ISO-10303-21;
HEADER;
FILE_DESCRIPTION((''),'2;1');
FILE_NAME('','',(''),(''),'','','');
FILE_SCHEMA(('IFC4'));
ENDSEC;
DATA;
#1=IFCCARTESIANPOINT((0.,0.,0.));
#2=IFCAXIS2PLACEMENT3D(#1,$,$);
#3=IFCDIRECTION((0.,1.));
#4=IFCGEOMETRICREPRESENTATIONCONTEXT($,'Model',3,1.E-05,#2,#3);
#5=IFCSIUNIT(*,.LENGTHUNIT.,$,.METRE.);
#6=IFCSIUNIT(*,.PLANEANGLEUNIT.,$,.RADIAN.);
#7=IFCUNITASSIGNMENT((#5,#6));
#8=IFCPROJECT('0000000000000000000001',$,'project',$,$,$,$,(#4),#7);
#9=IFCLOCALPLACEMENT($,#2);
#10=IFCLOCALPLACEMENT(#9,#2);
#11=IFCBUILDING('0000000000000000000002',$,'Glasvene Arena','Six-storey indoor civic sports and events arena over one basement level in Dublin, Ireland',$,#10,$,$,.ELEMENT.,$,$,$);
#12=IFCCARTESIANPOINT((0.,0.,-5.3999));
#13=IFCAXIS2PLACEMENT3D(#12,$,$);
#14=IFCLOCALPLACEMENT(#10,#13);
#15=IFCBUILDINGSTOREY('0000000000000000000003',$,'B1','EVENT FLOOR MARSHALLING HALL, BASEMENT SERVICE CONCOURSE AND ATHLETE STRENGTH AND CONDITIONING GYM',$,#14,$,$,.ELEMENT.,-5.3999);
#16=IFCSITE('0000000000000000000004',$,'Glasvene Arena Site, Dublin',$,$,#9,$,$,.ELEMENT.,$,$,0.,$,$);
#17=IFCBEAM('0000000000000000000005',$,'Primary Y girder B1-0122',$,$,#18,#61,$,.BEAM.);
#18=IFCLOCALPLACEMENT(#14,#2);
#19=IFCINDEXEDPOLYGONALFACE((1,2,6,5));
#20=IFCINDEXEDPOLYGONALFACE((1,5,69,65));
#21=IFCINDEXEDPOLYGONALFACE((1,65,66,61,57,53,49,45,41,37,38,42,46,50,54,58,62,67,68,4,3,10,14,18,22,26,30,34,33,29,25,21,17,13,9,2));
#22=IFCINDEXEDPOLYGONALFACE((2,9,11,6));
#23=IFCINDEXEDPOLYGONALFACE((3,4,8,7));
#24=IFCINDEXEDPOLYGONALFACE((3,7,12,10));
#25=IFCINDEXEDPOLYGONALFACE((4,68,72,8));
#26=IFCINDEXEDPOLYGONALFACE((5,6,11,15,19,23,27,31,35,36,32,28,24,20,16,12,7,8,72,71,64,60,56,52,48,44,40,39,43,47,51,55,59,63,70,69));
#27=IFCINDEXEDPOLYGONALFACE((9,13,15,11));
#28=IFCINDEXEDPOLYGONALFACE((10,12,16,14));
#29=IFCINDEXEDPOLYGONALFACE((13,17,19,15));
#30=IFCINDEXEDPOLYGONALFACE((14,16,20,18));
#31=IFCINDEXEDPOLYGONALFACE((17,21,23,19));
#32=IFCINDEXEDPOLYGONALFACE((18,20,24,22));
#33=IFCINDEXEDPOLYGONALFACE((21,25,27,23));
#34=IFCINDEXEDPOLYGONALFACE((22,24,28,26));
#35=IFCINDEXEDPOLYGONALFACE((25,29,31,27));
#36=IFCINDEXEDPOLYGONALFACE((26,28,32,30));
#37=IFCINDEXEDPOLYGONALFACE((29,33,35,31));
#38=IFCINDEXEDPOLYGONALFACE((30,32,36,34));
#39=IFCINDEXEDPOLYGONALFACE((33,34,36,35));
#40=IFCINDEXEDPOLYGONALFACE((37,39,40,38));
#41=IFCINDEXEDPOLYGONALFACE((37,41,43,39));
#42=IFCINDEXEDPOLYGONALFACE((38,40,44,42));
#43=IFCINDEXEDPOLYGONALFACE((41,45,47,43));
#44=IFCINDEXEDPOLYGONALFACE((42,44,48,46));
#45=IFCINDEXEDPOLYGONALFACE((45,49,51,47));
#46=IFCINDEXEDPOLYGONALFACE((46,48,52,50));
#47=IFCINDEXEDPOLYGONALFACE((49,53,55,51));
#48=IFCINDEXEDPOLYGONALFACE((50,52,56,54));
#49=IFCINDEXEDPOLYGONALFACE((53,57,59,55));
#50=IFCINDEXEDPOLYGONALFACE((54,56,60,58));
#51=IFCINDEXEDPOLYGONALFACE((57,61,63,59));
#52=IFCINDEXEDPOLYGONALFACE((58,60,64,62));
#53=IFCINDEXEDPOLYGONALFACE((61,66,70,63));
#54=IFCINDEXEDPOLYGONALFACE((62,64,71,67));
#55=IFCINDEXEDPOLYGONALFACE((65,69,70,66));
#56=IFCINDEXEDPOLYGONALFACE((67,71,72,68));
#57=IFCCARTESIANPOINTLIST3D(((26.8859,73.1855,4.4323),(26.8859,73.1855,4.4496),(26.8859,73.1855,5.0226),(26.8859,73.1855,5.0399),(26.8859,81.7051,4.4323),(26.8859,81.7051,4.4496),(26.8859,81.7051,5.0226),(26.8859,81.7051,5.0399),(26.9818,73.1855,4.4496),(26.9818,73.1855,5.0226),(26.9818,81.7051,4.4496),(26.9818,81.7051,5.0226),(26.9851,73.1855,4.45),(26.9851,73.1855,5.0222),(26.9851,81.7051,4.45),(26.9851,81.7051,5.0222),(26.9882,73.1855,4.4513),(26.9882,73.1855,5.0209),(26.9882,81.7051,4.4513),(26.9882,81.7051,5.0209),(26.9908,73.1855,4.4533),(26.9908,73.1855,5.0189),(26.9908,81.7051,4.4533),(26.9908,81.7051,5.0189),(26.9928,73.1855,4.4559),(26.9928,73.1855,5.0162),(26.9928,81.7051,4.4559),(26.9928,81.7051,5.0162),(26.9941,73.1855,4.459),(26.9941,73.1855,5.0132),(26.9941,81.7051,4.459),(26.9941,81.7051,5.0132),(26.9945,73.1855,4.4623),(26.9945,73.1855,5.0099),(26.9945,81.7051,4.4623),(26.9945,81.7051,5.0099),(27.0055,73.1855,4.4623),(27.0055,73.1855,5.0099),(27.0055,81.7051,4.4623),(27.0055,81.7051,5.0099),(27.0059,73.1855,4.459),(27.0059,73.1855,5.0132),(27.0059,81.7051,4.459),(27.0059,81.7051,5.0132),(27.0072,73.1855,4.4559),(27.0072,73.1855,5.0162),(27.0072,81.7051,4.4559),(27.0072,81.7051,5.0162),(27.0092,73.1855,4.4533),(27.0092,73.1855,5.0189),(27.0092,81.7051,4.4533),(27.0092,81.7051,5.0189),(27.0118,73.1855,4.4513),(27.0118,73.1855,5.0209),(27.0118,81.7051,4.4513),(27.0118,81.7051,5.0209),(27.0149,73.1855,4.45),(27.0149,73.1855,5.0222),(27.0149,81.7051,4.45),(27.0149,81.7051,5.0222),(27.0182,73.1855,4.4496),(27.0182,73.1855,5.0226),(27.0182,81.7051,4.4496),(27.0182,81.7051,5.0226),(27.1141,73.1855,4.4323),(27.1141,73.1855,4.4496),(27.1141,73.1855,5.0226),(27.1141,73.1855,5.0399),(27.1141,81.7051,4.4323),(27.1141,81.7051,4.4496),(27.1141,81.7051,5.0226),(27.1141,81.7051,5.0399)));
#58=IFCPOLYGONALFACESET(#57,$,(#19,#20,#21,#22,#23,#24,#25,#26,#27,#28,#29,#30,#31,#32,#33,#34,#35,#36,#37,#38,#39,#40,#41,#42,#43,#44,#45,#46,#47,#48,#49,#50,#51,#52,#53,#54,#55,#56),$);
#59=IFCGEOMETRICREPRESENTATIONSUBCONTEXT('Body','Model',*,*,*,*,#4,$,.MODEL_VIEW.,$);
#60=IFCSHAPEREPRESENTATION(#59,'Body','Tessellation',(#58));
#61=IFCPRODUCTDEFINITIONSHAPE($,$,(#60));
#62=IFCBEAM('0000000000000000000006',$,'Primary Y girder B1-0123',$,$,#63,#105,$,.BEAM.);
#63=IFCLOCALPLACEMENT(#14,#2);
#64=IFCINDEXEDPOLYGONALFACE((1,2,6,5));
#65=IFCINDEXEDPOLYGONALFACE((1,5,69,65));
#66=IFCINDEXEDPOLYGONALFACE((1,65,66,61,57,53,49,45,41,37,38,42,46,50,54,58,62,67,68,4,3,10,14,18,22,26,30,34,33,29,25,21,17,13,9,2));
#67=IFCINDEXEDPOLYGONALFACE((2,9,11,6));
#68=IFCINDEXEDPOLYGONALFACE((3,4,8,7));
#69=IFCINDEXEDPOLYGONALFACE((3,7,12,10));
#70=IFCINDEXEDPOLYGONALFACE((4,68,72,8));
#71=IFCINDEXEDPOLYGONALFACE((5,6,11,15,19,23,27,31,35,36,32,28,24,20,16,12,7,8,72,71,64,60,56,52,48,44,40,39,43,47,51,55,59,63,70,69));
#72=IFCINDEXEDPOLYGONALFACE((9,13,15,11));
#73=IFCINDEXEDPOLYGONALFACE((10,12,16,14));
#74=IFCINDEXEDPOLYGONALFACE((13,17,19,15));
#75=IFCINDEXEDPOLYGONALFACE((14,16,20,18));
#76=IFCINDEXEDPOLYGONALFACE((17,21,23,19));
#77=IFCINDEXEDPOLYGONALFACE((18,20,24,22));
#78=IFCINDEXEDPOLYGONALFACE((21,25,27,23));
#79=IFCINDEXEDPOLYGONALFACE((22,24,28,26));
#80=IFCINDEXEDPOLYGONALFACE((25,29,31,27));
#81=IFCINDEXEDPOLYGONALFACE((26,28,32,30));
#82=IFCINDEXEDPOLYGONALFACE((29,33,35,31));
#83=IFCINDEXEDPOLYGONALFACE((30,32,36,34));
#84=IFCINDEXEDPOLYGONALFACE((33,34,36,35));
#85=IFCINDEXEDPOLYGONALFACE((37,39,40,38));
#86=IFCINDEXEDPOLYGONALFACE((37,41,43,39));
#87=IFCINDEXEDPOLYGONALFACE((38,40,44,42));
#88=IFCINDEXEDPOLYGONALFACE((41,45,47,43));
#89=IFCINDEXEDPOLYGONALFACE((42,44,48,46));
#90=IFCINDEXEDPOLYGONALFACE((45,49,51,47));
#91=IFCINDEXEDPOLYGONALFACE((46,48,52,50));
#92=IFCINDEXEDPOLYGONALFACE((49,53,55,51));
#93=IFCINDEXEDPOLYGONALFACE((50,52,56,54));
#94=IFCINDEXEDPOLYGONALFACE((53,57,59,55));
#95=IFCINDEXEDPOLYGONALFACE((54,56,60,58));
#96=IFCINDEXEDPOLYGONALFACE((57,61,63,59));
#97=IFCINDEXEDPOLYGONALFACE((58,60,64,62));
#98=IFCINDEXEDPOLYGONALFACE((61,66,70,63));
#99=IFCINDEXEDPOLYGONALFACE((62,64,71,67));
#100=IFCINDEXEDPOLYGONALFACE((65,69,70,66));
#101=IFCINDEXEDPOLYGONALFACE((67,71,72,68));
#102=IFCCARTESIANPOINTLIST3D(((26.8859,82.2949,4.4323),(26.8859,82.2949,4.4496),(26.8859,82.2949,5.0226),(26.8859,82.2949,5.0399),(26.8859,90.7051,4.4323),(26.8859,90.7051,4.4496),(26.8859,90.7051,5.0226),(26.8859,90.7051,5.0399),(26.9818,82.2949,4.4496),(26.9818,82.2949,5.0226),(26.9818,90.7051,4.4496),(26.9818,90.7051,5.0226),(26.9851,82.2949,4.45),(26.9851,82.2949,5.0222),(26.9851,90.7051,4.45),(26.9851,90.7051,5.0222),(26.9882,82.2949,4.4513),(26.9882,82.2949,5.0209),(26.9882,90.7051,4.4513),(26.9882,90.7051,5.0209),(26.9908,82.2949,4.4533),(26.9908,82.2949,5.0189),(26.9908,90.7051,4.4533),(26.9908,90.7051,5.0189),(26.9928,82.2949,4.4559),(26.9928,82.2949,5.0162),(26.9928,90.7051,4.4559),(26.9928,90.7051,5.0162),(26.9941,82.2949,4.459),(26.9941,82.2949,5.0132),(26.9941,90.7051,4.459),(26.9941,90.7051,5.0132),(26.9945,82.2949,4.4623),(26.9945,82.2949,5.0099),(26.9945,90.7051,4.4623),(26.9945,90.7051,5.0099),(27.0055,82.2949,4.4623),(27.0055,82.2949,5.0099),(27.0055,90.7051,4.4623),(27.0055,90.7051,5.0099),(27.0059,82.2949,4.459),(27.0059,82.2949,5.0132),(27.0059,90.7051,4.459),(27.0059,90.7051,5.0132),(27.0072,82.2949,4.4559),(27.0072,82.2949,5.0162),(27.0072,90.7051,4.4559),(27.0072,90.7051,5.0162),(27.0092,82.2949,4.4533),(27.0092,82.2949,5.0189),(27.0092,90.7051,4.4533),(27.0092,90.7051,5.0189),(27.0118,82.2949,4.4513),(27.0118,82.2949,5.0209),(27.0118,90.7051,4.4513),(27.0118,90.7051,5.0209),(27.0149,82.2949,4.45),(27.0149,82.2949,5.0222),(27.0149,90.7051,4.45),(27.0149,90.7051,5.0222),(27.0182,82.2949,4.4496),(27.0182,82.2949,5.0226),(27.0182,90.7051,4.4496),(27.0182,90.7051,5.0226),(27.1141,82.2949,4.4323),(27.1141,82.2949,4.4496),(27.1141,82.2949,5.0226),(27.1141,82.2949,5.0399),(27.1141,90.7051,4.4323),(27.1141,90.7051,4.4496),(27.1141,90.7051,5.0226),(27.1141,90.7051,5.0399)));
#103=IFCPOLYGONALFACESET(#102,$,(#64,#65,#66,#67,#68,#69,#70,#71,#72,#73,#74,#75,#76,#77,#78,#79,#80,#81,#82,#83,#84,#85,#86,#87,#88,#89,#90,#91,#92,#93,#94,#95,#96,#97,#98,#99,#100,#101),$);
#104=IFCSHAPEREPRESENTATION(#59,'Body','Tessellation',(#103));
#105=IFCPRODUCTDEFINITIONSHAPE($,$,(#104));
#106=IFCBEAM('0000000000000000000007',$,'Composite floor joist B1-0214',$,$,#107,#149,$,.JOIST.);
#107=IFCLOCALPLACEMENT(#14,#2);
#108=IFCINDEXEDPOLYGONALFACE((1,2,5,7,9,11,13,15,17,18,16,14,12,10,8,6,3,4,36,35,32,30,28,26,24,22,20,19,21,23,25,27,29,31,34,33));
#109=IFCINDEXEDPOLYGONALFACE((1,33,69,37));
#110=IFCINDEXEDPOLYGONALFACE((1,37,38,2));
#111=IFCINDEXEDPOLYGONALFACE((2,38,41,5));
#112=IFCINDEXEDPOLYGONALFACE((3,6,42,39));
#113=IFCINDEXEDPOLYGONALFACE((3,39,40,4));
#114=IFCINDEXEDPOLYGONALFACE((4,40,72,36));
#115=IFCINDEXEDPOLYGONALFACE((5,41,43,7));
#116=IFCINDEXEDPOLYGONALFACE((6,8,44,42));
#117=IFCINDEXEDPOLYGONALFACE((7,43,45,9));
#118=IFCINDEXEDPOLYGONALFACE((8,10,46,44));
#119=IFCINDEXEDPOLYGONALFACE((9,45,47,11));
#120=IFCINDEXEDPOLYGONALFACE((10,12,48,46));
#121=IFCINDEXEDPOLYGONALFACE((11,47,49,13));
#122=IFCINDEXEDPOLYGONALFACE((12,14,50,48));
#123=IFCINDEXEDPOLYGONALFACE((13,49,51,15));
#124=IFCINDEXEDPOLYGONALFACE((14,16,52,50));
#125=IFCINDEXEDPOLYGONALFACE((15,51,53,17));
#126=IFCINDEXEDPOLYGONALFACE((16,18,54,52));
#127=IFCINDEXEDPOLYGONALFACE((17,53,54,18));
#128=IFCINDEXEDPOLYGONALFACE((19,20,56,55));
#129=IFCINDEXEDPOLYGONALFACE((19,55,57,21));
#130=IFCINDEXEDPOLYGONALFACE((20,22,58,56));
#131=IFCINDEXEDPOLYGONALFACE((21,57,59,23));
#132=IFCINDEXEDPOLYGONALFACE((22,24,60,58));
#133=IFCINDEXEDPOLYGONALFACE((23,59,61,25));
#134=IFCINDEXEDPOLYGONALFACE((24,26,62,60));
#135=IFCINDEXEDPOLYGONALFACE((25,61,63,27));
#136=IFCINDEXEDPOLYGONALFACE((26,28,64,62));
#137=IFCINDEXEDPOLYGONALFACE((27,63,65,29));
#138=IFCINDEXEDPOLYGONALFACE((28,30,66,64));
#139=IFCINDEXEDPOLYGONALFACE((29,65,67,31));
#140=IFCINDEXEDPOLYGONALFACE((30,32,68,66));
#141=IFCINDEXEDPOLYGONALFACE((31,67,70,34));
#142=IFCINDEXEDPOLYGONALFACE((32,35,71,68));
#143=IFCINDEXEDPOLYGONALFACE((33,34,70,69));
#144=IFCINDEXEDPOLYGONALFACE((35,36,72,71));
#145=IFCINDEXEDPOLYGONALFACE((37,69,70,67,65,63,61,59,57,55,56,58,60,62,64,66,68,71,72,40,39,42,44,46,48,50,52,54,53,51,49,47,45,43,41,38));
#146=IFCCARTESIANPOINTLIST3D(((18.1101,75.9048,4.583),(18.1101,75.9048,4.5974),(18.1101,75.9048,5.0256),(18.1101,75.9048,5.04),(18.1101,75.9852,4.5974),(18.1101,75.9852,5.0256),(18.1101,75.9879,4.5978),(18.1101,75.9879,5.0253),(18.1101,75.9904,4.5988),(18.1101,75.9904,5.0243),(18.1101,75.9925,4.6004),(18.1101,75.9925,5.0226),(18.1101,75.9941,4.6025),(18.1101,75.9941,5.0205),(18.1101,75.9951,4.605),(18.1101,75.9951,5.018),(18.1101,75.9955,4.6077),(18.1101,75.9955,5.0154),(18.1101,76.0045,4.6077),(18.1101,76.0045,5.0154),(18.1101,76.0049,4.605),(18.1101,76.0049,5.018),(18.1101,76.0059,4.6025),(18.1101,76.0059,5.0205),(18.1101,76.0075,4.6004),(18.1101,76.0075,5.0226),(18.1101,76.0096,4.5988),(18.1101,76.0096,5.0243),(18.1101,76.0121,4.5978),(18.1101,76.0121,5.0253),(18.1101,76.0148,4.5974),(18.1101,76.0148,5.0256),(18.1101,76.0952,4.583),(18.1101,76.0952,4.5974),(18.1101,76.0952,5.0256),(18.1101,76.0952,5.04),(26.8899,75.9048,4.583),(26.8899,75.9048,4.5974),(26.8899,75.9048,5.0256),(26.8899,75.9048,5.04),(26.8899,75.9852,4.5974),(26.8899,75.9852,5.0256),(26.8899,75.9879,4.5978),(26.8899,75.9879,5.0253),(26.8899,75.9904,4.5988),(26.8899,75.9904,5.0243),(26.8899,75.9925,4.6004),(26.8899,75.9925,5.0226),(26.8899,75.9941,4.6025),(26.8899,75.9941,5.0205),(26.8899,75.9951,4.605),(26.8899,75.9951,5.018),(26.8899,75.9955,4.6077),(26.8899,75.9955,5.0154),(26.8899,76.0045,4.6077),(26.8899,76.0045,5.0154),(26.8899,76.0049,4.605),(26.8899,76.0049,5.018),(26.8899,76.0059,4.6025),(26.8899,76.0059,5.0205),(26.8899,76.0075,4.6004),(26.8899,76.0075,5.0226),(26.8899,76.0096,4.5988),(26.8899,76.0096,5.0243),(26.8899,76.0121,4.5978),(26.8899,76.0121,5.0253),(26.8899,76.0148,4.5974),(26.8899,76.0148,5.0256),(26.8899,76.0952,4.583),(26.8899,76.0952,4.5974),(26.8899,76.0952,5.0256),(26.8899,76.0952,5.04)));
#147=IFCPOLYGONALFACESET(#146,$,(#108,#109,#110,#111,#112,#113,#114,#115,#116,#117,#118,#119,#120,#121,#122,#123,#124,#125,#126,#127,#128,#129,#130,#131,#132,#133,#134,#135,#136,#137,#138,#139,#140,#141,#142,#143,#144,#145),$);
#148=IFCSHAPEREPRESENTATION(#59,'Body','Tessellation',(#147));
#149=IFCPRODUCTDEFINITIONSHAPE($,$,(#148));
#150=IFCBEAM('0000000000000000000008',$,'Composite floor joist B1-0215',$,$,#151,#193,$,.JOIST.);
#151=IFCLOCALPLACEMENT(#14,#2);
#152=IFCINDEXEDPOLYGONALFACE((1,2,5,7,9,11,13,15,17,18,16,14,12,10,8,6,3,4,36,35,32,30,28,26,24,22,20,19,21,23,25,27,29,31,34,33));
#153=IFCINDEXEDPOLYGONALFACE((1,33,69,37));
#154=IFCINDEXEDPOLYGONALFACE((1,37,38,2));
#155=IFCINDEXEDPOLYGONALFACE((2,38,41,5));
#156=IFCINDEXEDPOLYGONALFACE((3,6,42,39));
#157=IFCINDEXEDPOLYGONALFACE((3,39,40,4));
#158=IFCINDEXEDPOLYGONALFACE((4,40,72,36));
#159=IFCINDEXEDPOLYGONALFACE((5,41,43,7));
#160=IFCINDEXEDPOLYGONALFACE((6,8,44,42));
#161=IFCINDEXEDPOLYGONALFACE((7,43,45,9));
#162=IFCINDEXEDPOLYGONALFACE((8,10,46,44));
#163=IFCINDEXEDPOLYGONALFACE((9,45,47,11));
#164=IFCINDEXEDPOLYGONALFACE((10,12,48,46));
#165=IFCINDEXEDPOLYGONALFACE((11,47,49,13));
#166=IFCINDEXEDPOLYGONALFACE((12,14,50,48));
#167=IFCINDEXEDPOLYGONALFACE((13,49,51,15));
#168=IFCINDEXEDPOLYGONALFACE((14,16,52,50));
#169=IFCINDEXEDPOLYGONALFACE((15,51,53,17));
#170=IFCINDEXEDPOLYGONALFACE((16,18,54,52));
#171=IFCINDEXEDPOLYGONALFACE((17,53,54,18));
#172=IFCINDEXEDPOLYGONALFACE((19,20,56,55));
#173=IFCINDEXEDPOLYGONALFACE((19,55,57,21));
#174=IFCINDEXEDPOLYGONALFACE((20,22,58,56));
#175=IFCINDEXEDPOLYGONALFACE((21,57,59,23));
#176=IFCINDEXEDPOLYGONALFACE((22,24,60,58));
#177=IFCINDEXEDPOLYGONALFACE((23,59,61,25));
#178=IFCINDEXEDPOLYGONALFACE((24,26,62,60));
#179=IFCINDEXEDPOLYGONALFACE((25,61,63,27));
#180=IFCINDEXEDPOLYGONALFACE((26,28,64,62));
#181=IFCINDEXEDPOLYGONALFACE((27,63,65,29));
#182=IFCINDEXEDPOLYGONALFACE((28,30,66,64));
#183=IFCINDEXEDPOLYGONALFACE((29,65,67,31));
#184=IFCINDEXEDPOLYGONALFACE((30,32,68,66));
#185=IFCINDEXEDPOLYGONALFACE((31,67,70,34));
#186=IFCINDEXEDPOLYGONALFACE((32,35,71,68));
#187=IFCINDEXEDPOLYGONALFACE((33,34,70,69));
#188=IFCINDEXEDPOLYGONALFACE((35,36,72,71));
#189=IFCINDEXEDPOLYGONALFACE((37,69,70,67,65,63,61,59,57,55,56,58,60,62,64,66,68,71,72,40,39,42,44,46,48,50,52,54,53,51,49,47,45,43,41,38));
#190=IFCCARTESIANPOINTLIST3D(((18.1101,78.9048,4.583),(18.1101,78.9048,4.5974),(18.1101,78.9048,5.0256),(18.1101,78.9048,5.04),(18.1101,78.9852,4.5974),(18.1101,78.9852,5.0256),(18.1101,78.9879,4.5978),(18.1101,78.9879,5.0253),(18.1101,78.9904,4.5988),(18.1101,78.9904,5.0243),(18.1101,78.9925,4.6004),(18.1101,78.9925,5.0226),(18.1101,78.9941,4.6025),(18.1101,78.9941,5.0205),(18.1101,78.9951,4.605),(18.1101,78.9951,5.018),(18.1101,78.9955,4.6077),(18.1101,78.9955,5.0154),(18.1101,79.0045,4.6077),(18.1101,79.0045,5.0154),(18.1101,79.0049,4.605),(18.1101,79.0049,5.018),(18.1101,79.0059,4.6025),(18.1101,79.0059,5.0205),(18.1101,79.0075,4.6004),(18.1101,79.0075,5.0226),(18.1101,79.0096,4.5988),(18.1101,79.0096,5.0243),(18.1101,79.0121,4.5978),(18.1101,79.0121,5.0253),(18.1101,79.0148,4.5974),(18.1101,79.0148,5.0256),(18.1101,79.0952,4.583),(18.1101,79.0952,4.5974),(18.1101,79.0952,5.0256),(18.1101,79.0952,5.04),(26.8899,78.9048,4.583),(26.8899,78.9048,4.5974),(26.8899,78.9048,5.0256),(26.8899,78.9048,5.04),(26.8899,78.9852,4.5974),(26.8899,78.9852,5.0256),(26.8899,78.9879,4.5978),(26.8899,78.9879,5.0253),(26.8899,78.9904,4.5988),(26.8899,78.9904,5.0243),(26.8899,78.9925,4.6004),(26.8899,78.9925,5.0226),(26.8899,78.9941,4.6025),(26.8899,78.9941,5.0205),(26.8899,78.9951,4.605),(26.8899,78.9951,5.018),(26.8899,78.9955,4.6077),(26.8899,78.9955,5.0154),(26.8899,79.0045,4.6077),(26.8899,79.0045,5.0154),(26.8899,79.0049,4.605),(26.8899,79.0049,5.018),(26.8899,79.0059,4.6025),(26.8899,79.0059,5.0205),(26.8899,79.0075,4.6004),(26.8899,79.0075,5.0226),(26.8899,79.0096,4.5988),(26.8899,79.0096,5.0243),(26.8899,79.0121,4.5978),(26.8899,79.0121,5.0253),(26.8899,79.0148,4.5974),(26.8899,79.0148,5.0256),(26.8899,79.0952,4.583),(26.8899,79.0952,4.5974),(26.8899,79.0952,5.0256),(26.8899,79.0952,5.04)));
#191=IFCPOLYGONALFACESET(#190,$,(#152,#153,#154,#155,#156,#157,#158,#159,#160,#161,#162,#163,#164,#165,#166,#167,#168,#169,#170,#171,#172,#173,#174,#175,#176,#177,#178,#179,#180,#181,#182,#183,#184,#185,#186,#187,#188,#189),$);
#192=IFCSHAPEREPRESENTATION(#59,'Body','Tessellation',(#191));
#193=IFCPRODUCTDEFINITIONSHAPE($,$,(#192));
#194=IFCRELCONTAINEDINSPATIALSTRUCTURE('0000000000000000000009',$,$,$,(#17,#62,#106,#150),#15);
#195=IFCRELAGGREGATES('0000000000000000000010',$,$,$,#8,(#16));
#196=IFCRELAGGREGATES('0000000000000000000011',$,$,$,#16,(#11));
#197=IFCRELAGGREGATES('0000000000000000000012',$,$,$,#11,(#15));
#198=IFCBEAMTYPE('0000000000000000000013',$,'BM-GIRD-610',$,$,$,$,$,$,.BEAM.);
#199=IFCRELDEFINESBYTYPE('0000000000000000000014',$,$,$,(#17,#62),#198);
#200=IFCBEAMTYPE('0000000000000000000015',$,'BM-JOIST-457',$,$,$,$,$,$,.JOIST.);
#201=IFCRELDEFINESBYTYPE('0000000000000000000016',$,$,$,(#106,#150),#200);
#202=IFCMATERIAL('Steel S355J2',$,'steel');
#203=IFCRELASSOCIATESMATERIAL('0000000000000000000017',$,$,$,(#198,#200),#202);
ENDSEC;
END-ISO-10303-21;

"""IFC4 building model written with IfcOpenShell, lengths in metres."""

from ifc_helpers import new_model, si_unit, direction, frame, origin, origin_2d, place, context, subcontext, project, spatial, i_section, extrude, material, material_profile, profile_set, type_object, element, save


model = new_model("IFC4")

# Units and contexts
model_context = context("Model", 3, precision=1e-05, world=origin(), true_north=direction((0.0, 1.0)))
body_context = subcontext(model_context, "Body", "Model", "MODEL_VIEW")
ifc_project = project(units=[si_unit("LENGTHUNIT", "METRE"), si_unit("PLANEANGLEUNIT", "RADIAN")], contexts=[model_context])

# Site, building, storey
site_placement = place(None, origin())
site = spatial("IfcSite", under=ifc_project, at=site_placement, Name="Glasvene Arena Site, Dublin", CompositionType="ELEMENT", RefElevation=0.0)
building_placement = place(site_placement, origin())
building = spatial("IfcBuilding", under=site, at=building_placement, Name="Glasvene Arena", Description="Six-storey indoor civic sports and events arena over one basement level in Dublin, Ireland", CompositionType="ELEMENT")
storey_placement = place(building_placement, frame((0.0, 0.0, -5.3999)))
storey = spatial("IfcBuildingStorey", under=building, at=storey_placement, Name="B1", Description="EVENT FLOOR MARSHALLING HALL, BASEMENT SERVICE CONCOURSE AND ATHLETE STRENGTH AND CONDITIONING GYM", CompositionType="ELEMENT", Elevation=-5.3999)

# Shared definitions
ifc_material_1 = material(Name="Steel S355J2", Category="steel")

# Beams
ifc_material_profile_1 = material_profile(ifc_material_1, i_section(OverallWidth=0.2283, OverallDepth=0.6077, WebThickness=0.011, FlangeThickness=0.0173, FilletRadius=0.0127, at=origin_2d()), Name="UKB 610x229x113")
ifc_profile_set_1 = profile_set([ifc_material_profile_1], Name="Steel S355J2")
beam_type_1 = type_object("IfcBeamType", Name="BM-GIRD-610", PredefinedType="BEAM", material=ifc_profile_set_1)
beam_1_placement = place(storey_placement, frame((27.0, 73.1855, 4.7361), z_axis=(0.0, 1.0, 0.0), x_axis=(-1.0, 0.0, 0.0)))
element("IfcBeam", 1, at=beam_1_placement, inside=storey, type_object=beam_type_1, Name="Primary Y girder B1-0122", PredefinedType="BEAM", context=body_context, shape_type="SweptSolid", body=[
    extrude(i_section(OverallWidth=0.2283, OverallDepth=0.6077, WebThickness=0.011, FlangeThickness=0.0173, FilletRadius=0.0127, at=origin_2d()), origin(), (0.0, 0.0, 1.0), 8.5195),
])
beam_2_placement = place(storey_placement, frame((27.0, 82.2949, 4.7361), z_axis=(0.0, 1.0, 0.0), x_axis=(-1.0, 0.0, 0.0)))
element("IfcBeam", 2, at=beam_2_placement, inside=storey, type_object=beam_type_1, Name="Primary Y girder B1-0123", PredefinedType="BEAM", context=body_context, shape_type="SweptSolid", body=[
    extrude(i_section(OverallWidth=0.2283, OverallDepth=0.6077, WebThickness=0.011, FlangeThickness=0.0173, FilletRadius=0.0127, at=origin_2d()), origin(), (0.0, 0.0, 1.0), 8.4102),
])
ifc_material_profile_2 = material_profile(ifc_material_1, i_section(OverallWidth=0.1904, OverallDepth=0.457, WebThickness=0.009, FlangeThickness=0.0144, FilletRadius=0.0103, at=origin_2d()), Name="UKB 457x191x74")
ifc_profile_set_2 = profile_set([ifc_material_profile_2], Name="Steel S355J2")
beam_type_2 = type_object("IfcBeamType", Name="BM-JOIST-457", PredefinedType="JOIST", material=ifc_profile_set_2)
for number, where, z_axis, x_axis, name in (
    (3, (18.1101, 76.0, 4.8115), (1.0, 0.0, 0.0), (0.0, 1.0, 0.0), "Composite floor joist B1-0214"),
    (4, (18.1101, 79.0, 4.8115), (1.0, 0.0, 0.0), (0.0, 1.0, 0.0), "Composite floor joist B1-0215"),
):
    element("IfcBeam", number, at=place(storey_placement, frame(where, z_axis=z_axis, x_axis=x_axis)), inside=storey, type_object=beam_type_2, Name=name, PredefinedType="JOIST", context=body_context, shape_type="SweptSolid", body=[
        extrude(i_section(OverallWidth=0.1904, OverallDepth=0.457, WebThickness=0.009, FlangeThickness=0.0144, FilletRadius=0.0103, at=origin_2d()), origin(), (0.0, 0.0, 1.0), 8.7798),
    ])

save(model, "model.ifc")
